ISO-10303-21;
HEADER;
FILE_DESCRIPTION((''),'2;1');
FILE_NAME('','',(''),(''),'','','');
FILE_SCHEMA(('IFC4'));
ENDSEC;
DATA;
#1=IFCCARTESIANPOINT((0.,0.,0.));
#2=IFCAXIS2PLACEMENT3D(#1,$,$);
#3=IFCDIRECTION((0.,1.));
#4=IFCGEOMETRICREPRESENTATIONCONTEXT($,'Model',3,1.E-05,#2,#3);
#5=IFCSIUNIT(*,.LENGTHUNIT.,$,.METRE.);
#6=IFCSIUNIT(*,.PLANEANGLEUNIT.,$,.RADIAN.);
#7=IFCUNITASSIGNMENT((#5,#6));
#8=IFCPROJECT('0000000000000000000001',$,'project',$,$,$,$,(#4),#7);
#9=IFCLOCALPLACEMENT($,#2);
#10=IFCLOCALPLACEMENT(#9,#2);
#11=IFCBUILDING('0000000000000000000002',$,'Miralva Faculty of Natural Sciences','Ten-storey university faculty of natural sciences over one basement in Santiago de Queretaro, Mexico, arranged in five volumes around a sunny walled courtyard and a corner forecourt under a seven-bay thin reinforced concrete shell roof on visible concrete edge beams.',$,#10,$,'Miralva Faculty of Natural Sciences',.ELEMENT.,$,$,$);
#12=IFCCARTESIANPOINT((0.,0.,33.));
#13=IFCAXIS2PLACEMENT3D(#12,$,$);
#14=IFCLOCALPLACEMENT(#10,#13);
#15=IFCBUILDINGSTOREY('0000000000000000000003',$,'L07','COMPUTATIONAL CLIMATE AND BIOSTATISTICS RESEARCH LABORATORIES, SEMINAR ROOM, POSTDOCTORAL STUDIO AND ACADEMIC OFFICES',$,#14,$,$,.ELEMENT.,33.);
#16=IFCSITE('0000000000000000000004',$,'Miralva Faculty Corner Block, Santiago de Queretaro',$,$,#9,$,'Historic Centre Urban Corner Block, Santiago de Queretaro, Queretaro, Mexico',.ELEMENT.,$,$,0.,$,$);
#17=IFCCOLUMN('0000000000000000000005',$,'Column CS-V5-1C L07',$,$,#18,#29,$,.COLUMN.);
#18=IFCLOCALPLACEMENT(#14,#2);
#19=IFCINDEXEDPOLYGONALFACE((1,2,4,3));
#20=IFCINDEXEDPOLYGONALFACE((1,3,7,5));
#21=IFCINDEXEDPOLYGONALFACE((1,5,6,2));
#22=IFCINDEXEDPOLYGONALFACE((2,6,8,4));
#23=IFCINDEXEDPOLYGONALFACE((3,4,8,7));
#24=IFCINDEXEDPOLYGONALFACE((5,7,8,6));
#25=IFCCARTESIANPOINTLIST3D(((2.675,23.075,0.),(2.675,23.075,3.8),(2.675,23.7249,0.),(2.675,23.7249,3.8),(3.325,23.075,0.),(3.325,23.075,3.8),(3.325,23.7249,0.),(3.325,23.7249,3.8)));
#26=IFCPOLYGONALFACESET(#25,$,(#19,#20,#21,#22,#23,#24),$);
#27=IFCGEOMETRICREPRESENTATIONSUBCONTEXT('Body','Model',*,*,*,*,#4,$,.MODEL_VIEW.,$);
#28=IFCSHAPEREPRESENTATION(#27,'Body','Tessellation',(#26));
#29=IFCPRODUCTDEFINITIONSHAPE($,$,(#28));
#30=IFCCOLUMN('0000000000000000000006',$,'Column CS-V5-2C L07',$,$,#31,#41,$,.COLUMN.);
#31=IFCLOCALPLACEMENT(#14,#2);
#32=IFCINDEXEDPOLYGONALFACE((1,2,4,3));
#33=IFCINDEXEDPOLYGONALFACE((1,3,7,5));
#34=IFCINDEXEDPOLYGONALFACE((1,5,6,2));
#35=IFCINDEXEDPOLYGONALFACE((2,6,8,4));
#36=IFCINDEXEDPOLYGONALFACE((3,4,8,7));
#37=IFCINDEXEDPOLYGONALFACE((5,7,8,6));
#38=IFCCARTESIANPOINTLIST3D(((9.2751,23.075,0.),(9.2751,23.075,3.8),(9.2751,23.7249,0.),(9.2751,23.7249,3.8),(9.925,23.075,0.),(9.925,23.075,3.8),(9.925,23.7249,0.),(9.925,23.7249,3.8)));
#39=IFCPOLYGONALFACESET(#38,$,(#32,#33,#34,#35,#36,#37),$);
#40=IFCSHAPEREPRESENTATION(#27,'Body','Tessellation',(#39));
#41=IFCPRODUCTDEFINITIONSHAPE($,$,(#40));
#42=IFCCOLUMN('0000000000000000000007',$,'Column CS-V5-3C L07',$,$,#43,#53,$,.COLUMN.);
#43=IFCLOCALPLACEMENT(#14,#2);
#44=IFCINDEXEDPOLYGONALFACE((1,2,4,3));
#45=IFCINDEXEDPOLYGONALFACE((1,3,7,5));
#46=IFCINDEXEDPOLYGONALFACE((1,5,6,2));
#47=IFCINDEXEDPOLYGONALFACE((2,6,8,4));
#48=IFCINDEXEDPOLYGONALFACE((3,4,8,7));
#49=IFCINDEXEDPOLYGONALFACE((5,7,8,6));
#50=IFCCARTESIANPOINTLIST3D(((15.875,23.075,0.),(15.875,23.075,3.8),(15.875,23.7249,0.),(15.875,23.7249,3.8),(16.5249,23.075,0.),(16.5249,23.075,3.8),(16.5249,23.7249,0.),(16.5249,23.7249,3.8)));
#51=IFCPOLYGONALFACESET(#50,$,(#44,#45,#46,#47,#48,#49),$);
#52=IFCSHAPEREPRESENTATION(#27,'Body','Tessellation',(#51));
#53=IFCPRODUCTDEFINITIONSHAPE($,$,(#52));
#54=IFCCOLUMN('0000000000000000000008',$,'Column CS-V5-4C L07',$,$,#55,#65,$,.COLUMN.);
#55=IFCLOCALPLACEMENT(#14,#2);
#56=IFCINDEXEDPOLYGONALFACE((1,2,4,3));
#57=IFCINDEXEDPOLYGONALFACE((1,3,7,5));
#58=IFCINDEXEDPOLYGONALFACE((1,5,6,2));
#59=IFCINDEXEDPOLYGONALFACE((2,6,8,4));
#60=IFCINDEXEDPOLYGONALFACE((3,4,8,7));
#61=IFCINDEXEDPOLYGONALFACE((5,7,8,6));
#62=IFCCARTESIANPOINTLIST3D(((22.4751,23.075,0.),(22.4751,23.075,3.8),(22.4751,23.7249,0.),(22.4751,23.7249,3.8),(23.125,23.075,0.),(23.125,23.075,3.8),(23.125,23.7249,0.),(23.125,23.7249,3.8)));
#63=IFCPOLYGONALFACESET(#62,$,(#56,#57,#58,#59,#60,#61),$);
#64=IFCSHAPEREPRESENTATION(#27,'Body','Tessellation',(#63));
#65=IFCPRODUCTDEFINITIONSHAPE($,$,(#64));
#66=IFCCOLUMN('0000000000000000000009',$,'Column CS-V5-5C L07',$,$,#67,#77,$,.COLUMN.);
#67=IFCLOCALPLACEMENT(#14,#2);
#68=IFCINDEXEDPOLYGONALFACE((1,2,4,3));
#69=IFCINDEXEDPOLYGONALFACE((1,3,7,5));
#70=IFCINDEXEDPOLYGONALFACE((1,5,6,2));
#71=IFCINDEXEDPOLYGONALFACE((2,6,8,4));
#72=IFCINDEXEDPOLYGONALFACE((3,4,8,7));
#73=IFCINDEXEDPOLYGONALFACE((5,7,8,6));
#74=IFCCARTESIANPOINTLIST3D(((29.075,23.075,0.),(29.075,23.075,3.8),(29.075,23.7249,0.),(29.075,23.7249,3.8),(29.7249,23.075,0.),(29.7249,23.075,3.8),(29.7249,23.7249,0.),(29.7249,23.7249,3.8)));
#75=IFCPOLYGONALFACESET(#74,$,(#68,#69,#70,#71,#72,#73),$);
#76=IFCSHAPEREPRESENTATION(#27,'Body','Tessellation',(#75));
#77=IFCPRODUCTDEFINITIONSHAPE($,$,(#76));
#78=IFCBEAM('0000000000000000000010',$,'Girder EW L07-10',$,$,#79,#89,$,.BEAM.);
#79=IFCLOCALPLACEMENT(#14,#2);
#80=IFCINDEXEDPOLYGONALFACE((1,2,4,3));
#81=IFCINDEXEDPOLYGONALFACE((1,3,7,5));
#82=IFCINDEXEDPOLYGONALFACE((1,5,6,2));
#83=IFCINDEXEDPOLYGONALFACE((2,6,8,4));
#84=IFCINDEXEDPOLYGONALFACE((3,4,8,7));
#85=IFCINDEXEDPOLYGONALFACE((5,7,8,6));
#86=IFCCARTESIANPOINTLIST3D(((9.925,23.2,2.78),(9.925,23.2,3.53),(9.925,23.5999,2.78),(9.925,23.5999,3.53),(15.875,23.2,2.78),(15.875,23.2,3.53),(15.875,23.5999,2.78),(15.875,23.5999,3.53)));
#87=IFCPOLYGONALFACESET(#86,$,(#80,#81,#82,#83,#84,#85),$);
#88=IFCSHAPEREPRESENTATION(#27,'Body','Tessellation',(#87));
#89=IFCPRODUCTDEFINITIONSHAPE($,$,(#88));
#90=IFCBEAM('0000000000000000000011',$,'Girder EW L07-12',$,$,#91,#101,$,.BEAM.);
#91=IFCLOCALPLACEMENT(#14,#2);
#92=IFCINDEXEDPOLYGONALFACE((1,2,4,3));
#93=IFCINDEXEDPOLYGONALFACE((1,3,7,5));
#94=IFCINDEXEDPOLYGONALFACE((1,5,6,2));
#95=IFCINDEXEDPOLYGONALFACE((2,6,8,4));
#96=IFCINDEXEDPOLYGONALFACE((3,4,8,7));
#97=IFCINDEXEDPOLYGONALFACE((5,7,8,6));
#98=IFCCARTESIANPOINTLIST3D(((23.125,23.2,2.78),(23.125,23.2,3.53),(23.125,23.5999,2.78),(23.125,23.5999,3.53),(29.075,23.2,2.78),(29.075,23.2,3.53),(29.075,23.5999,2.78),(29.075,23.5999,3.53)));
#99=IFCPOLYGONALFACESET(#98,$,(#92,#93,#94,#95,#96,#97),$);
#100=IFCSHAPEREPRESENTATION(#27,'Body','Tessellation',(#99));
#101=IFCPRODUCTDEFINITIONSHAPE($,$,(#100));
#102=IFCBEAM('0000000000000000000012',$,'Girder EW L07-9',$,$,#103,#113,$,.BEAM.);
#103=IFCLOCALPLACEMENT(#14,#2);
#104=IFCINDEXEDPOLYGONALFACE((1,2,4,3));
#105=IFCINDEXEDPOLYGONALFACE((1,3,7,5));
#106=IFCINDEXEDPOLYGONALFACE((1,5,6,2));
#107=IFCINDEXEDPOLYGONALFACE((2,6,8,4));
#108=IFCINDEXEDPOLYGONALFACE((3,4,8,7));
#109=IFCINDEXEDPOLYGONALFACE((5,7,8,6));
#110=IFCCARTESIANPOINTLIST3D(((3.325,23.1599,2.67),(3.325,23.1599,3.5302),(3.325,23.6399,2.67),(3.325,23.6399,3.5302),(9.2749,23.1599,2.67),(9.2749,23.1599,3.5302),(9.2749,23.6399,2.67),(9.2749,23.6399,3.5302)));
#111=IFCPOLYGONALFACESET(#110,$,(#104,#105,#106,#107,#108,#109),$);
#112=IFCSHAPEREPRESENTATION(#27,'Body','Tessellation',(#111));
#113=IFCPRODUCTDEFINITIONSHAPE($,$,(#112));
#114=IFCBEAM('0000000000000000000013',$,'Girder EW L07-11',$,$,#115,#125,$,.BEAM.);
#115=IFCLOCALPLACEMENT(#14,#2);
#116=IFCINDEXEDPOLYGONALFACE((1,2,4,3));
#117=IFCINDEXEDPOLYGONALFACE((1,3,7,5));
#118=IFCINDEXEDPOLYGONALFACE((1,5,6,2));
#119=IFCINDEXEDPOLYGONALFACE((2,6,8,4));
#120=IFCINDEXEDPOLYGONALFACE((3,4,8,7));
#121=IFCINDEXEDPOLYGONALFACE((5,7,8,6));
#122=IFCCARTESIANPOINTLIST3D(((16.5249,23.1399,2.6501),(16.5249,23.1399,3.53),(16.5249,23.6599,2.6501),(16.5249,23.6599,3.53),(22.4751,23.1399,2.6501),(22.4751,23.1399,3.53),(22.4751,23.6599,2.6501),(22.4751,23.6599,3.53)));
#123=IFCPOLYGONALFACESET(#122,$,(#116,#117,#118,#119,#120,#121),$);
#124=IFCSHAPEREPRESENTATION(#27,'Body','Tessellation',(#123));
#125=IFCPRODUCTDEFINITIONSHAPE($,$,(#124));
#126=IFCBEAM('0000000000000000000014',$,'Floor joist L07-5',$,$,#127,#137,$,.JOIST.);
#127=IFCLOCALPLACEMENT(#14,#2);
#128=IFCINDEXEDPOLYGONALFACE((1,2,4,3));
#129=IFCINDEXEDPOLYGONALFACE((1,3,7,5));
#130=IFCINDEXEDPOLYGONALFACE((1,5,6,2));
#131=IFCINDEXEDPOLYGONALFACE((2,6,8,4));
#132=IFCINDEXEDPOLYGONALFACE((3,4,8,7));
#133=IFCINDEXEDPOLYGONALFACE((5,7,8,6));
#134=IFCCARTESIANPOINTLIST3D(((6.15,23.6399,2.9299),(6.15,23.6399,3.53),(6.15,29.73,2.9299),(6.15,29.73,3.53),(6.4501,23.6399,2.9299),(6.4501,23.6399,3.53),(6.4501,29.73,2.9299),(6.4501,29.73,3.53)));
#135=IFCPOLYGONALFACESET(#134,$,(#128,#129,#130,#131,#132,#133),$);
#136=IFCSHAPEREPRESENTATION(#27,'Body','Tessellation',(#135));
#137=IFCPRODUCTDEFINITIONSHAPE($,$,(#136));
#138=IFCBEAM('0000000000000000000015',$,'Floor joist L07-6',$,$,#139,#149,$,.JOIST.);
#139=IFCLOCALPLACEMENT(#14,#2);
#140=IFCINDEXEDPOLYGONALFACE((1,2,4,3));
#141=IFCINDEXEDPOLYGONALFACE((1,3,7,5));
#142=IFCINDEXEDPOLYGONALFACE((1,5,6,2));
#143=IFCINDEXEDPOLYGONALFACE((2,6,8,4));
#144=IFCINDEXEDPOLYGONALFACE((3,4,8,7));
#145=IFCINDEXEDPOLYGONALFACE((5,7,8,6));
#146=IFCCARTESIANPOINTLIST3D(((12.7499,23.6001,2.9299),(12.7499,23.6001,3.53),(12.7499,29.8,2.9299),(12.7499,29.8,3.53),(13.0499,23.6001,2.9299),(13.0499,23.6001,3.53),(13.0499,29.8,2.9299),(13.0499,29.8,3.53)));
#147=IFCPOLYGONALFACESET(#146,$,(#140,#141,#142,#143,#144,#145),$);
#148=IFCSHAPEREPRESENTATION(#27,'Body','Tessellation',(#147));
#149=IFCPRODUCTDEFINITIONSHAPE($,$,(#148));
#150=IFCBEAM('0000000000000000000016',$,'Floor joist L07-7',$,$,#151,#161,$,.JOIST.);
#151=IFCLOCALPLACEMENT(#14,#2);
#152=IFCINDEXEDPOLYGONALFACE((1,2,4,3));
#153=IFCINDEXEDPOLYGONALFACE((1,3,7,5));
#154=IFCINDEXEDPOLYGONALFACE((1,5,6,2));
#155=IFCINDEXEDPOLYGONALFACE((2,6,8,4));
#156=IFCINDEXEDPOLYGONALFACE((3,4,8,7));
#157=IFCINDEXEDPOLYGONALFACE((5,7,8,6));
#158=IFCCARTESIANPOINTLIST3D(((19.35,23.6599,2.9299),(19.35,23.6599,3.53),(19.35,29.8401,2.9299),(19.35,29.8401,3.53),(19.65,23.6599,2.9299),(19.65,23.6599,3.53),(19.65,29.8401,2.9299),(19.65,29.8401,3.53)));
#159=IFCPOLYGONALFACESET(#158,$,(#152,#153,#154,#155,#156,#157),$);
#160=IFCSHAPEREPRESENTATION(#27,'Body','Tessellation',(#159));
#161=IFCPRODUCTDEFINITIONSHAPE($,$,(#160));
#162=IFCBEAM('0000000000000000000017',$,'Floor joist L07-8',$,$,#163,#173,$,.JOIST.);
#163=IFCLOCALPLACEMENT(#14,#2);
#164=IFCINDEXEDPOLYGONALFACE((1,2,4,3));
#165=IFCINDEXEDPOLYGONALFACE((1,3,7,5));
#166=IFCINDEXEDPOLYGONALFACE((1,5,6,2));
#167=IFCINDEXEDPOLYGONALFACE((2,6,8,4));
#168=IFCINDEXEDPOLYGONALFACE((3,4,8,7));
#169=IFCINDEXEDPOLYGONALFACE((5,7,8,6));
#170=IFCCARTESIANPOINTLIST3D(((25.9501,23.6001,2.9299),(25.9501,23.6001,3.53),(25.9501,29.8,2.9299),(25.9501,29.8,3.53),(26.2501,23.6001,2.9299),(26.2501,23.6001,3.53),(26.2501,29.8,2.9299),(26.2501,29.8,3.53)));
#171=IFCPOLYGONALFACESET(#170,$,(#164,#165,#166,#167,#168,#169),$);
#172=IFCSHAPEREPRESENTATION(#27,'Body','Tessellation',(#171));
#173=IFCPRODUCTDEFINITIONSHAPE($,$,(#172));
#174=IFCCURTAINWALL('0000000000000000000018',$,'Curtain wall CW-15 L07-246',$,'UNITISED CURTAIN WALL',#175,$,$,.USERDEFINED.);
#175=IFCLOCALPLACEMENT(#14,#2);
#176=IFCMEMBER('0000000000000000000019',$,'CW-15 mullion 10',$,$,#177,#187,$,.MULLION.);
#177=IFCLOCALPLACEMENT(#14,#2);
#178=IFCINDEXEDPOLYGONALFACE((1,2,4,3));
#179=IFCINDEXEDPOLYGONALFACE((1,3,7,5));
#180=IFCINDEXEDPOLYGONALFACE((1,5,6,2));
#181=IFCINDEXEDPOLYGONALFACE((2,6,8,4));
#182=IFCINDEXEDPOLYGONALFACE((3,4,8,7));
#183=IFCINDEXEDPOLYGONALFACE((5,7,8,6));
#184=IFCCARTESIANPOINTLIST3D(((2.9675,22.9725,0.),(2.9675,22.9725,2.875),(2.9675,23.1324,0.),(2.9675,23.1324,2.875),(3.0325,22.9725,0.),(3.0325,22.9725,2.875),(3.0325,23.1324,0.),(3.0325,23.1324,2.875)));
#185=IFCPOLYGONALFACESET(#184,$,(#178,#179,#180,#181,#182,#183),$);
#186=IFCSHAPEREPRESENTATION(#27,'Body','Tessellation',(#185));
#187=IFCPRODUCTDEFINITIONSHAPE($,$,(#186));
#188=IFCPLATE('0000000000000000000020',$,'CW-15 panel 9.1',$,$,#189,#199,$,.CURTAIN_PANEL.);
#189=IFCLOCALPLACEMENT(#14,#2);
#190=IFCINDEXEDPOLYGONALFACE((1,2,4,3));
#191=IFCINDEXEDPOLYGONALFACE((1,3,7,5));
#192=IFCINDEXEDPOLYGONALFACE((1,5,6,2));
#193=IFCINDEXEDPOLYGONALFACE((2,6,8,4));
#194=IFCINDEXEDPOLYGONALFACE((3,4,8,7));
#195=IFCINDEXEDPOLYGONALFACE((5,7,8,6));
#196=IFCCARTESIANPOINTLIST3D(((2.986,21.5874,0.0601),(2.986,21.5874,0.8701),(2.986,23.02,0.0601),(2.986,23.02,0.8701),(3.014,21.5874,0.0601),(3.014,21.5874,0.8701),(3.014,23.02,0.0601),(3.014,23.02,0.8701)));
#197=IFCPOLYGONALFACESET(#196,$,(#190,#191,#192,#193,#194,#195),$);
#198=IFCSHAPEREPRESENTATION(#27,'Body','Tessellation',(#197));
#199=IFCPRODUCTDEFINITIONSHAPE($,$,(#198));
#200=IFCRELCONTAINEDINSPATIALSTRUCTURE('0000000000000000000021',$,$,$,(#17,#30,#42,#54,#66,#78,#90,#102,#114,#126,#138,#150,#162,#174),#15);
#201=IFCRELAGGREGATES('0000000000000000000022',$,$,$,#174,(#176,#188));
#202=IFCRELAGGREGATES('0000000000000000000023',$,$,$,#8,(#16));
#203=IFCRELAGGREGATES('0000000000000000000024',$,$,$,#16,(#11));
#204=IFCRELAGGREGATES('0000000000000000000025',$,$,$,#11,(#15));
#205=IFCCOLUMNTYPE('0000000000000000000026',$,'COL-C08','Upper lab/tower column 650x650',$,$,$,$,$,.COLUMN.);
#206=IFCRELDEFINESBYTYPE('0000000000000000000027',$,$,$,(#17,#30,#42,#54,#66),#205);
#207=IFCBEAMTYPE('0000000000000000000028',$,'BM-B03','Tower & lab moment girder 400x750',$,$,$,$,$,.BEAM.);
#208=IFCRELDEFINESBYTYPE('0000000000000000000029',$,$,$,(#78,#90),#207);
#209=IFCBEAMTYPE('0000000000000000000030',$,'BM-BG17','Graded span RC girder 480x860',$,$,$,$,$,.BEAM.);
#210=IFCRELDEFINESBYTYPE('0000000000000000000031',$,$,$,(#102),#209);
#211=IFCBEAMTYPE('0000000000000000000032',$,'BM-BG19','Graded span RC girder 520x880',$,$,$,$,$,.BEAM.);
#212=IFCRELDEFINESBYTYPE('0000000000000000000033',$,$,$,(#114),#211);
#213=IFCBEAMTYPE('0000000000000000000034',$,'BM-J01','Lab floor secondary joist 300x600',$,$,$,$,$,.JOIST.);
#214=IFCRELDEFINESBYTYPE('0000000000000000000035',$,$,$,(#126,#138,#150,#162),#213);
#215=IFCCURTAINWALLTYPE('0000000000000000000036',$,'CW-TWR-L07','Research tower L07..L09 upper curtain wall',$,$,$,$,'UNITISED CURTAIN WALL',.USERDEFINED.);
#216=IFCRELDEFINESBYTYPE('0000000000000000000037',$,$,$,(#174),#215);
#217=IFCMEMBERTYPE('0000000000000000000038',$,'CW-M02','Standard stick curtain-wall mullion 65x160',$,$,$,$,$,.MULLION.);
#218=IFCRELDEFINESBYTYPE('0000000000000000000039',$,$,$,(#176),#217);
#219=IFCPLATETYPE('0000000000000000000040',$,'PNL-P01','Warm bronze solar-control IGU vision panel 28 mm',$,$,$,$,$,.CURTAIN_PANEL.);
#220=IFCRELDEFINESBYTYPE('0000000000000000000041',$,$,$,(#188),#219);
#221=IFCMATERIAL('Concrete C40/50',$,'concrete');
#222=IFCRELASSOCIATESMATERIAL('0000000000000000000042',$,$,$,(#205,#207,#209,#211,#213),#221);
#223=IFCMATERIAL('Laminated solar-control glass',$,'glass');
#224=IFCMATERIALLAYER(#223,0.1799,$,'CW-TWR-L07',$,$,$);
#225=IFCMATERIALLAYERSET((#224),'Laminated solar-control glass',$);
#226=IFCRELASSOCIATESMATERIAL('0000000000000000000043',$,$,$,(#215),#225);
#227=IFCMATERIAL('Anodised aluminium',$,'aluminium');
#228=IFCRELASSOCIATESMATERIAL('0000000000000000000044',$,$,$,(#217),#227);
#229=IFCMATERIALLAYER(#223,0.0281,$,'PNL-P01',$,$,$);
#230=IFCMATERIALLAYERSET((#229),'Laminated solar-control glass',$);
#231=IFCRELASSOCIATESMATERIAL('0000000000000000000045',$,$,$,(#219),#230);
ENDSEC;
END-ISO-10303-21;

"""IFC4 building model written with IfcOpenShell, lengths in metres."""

from ifc_helpers import new_model, si_unit, direction, frame, origin, origin_2d, place, context, subcontext, project, spatial, rectangle, extrude, material, layer, layer_set, material_profile, profile_set, type_object, element, aggregate, save


model = new_model("IFC4")

# Units and contexts
model_context = context("Model", 3, precision=1e-05, world=origin(), true_north=direction((0.0, 1.0)))
body_context = subcontext(model_context, "Body", "Model", "MODEL_VIEW")
ifc_project = project(units=[si_unit("LENGTHUNIT", "METRE"), si_unit("PLANEANGLEUNIT", "RADIAN")], contexts=[model_context])

# Site, building, storey
site_placement = place(None, origin())
site = spatial("IfcSite", under=ifc_project, at=site_placement, Name="Miralva Faculty Corner Block, Santiago de Queretaro", LongName="Historic Centre Urban Corner Block, Santiago de Queretaro, Queretaro, Mexico", CompositionType="ELEMENT", RefElevation=0.0)
building_placement = place(site_placement, origin())
building = spatial("IfcBuilding", under=site, at=building_placement, Name="Miralva Faculty of Natural Sciences", Description="Ten-storey university faculty of natural sciences over one basement in Santiago de Queretaro, Mexico, arranged in five volumes around a sunny walled courtyard and a corner forecourt under a seven-bay thin reinforced concrete shell roof on visible concrete edge beams.", LongName="Miralva Faculty of Natural Sciences", CompositionType="ELEMENT")
storey_placement = place(building_placement, frame((0.0, 0.0, 33.0)))
storey = spatial("IfcBuildingStorey", under=building, at=storey_placement, Name="L07", Description="COMPUTATIONAL CLIMATE AND BIOSTATISTICS RESEARCH LABORATORIES, SEMINAR ROOM, POSTDOCTORAL STUDIO AND ACADEMIC OFFICES", CompositionType="ELEMENT", Elevation=33.0)

# Columns
ifc_material_1 = material(Name="Concrete C40/50", Category="concrete")
ifc_material_profile_1 = material_profile(ifc_material_1, rectangle(XDim=0.6499, YDim=0.6499, at=origin_2d()), Name="RC 650x650")
ifc_profile_set_1 = profile_set([ifc_material_profile_1], Name="Concrete C40/50")
column_type = type_object("IfcColumnType", Name="COL-C08", Description="Upper lab/tower column 650x650", PredefinedType="COLUMN", material=ifc_profile_set_1)
for number, where, z_axis, x_axis, name in (
    (1, (3.0, 23.3999, 0.0), (0.0, 0.0, 1.0), (1.0, 0.0, 0.0), "Column CS-V5-1C L07"),
    (2, (9.6001, 23.3999, 0.0), (0.0, 0.0, 1.0), (1.0, 0.0, 0.0), "Column CS-V5-2C L07"),
    (3, (16.2, 23.3999, 0.0), (0.0, 0.0, 1.0), (1.0, 0.0, 0.0), "Column CS-V5-3C L07"),
    (4, (22.8, 23.3999, 0.0), (0.0, 0.0, 1.0), (1.0, 0.0, 0.0), "Column CS-V5-4C L07"),
    (5, (29.3999, 23.3999, 0.0), (0.0, 0.0, 1.0), (1.0, 0.0, 0.0), "Column CS-V5-5C L07"),
):
    element("IfcColumn", number, at=place(storey_placement, frame(where, z_axis=z_axis, x_axis=x_axis)), inside=storey, type_object=column_type, Name=name, PredefinedType="COLUMN", context=body_context, shape_type="SweptSolid", body=[
        extrude(rectangle(XDim=0.6499, YDim=0.6499, at=origin_2d()), origin(), (0.0, 0.0, 1.0), 3.8),
    ])

# Beams
ifc_material_profile_2 = material_profile(ifc_material_1, rectangle(XDim=0.3999, YDim=0.75, at=origin_2d()), Name="RC 400x750")
ifc_profile_set_2 = profile_set([ifc_material_profile_2], Name="Concrete C40/50")
beam_type_1 = type_object("IfcBeamType", Name="BM-B03", Description="Tower & lab moment girder 400x750", PredefinedType="BEAM", material=ifc_profile_set_2)
for number, where, z_axis, x_axis, name in (
    (6, (9.925, 23.3999, 3.155), (1.0, 0.0, 0.0), (0.0, 1.0, 0.0), "Girder EW L07-10"),
    (7, (23.125, 23.3999, 3.155), (1.0, 0.0, 0.0), (0.0, 1.0, 0.0), "Girder EW L07-12"),
):
    element("IfcBeam", number, at=place(storey_placement, frame(where, z_axis=z_axis, x_axis=x_axis)), inside=storey, type_object=beam_type_1, Name=name, PredefinedType="BEAM", context=body_context, shape_type="SweptSolid", body=[
        extrude(rectangle(XDim=0.3999, YDim=0.75, at=origin_2d()), origin(), (0.0, 0.0, 1.0), 5.95),
    ])
ifc_material_profile_3 = material_profile(ifc_material_1, rectangle(XDim=0.48, YDim=0.8601, at=origin_2d()), Name="RC 480x860")
ifc_profile_set_3 = profile_set([ifc_material_profile_3], Name="Concrete C40/50")
beam_type_2 = type_object("IfcBeamType", Name="BM-BG17", Description="Graded span RC girder 480x860", PredefinedType="BEAM", material=ifc_profile_set_3)
beam_1_placement = place(storey_placement, frame((3.325, 23.3999, 3.1001), z_axis=(1.0, 0.0, 0.0), x_axis=(0.0, 1.0, 0.0)))
element("IfcBeam", 8, at=beam_1_placement, inside=storey, type_object=beam_type_2, Name="Girder EW L07-9", PredefinedType="BEAM", context=body_context, shape_type="SweptSolid", body=[
    extrude(rectangle(XDim=0.48, YDim=0.8601, at=origin_2d()), origin(), (0.0, 0.0, 1.0), 5.95),
])
ifc_material_profile_4 = material_profile(ifc_material_1, rectangle(XDim=0.52, YDim=0.8799, at=origin_2d()), Name="RC 520x880")
ifc_profile_set_4 = profile_set([ifc_material_profile_4], Name="Concrete C40/50")
beam_type_3 = type_object("IfcBeamType", Name="BM-BG19", Description="Graded span RC girder 520x880", PredefinedType="BEAM", material=ifc_profile_set_4)
beam_2_placement = place(storey_placement, frame((16.5249, 23.3999, 3.0901), z_axis=(1.0, 0.0, 0.0), x_axis=(0.0, 1.0, 0.0)))
element("IfcBeam", 9, at=beam_2_placement, inside=storey, type_object=beam_type_3, Name="Girder EW L07-11", PredefinedType="BEAM", context=body_context, shape_type="SweptSolid", body=[
    extrude(rectangle(XDim=0.52, YDim=0.8799, at=origin_2d()), origin(), (0.0, 0.0, 1.0), 5.9502),
])
ifc_material_profile_5 = material_profile(ifc_material_1, rectangle(XDim=0.3, YDim=0.6001, at=origin_2d()), Name="RC 300x600")
ifc_profile_set_5 = profile_set([ifc_material_profile_5], Name="Concrete C40/50")
beam_type_4 = type_object("IfcBeamType", Name="BM-J01", Description="Lab floor secondary joist 300x600", PredefinedType="JOIST", material=ifc_profile_set_5)
beam_3_placement = place(storey_placement, frame((6.3, 23.6399, 3.23), z_axis=(0.0, 1.0, 0.0), x_axis=(-1.0, 0.0, 0.0)))
element("IfcBeam", 10, at=beam_3_placement, inside=storey, type_object=beam_type_4, Name="Floor joist L07-5", PredefinedType="JOIST", context=body_context, shape_type="SweptSolid", body=[
    extrude(rectangle(XDim=0.3, YDim=0.6001, at=origin_2d()), origin(), (0.0, 0.0, 1.0), 6.0901),
])
beam_4_placement = place(storey_placement, frame((12.8999, 23.6001, 3.23), z_axis=(0.0, 1.0, 0.0), x_axis=(-1.0, 0.0, 0.0)))
element("IfcBeam", 11, at=beam_4_placement, inside=storey, type_object=beam_type_4, Name="Floor joist L07-6", PredefinedType="JOIST", context=body_context, shape_type="SweptSolid", body=[
    extrude(rectangle(XDim=0.3, YDim=0.6001, at=origin_2d()), origin(), (0.0, 0.0, 1.0), 6.2),
])
beam_5_placement = place(storey_placement, frame((19.5, 23.6599, 3.23), z_axis=(0.0, 1.0, 0.0), x_axis=(-1.0, 0.0, 0.0)))
element("IfcBeam", 12, at=beam_5_placement, inside=storey, type_object=beam_type_4, Name="Floor joist L07-7", PredefinedType="JOIST", context=body_context, shape_type="SweptSolid", body=[
    extrude(rectangle(XDim=0.3, YDim=0.6001, at=origin_2d()), origin(), (0.0, 0.0, 1.0), 6.1802),
])
beam_6_placement = place(storey_placement, frame((26.1001, 23.6001, 3.23), z_axis=(0.0, 1.0, 0.0), x_axis=(-1.0, 0.0, 0.0)))
element("IfcBeam", 13, at=beam_6_placement, inside=storey, type_object=beam_type_4, Name="Floor joist L07-8", PredefinedType="JOIST", context=body_context, shape_type="SweptSolid", body=[
    extrude(rectangle(XDim=0.3, YDim=0.6001, at=origin_2d()), origin(), (0.0, 0.0, 1.0), 6.2),
])

# Curtain wall, member, plate
ifc_material_2 = material(Name="Laminated solar-control glass", Category="glass")
ifc_layer_1 = layer(ifc_material_2, 0.1799, Name="CW-TWR-L07")
ifc_layer_set_1 = layer_set([ifc_layer_1], Name="Laminated solar-control glass")
curtain_wall_type = type_object("IfcCurtainWallType", Name="CW-TWR-L07", Description="Research tower L07..L09 upper curtain wall", ElementType="UNITISED CURTAIN WALL", PredefinedType="USERDEFINED", material=ifc_layer_set_1)
curtain_wall_placement = place(storey_placement, origin())
curtain_wall = element("IfcCurtainWall", 14, at=curtain_wall_placement, inside=storey, type_object=curtain_wall_type, Name="Curtain wall CW-15 L07-246", ObjectType="UNITISED CURTAIN WALL", PredefinedType="USERDEFINED")
ifc_material_3 = material(Name="Anodised aluminium", Category="aluminium")
ifc_material_profile_6 = material_profile(ifc_material_3, rectangle(XDim=0.0649, YDim=0.1599, at=origin_2d()), Name="MULLION 65x160")
ifc_profile_set_6 = profile_set([ifc_material_profile_6], Name="Anodised aluminium")
member_type = type_object("IfcMemberType", Name="CW-M02", Description="Standard stick curtain-wall mullion 65x160", PredefinedType="MULLION", material=ifc_profile_set_6)
member_placement = place(storey_placement, frame((3.0, 23.0525, 0.0), z_axis=(0.0, 0.0, 1.0), x_axis=(-1.0, 0.0, 0.0)))
member = element("IfcMember", 15, at=member_placement, type_object=member_type, Name="CW-15 mullion 10", PredefinedType="MULLION", context=body_context, shape_type="SweptSolid", body=[
    extrude(rectangle(XDim=0.0649, YDim=0.1599, at=origin_2d()), origin(), (0.0, 0.0, 1.0), 2.875),
])
ifc_layer_2 = layer(ifc_material_2, 0.0281, Name="PNL-P01")
ifc_layer_set_2 = layer_set([ifc_layer_2], Name="Laminated solar-control glass")
plate_type = type_object("IfcPlateType", Name="PNL-P01", Description="Warm bronze solar-control IGU vision panel 28 mm", PredefinedType="CURTAIN_PANEL", material=ifc_layer_set_2)
plate_1_placement = place(storey_placement, frame((3.0, 22.3037, 0.0601), z_axis=(0.0, 0.0, 1.0), x_axis=(0.0, 1.0, 0.0)))
plate_1 = element("IfcPlate", 16, at=plate_1_placement, type_object=plate_type, Name="CW-15 panel 9.1", PredefinedType="CURTAIN_PANEL", context=body_context, shape_type="SweptSolid", body=[
    extrude(rectangle(XDim=1.4326, YDim=0.0281, at=origin_2d()), origin(), (0.0, 0.0, 1.0), 0.8101),
])
aggregate(curtain_wall, [member, plate_1])

save(model, "model.ifc")
